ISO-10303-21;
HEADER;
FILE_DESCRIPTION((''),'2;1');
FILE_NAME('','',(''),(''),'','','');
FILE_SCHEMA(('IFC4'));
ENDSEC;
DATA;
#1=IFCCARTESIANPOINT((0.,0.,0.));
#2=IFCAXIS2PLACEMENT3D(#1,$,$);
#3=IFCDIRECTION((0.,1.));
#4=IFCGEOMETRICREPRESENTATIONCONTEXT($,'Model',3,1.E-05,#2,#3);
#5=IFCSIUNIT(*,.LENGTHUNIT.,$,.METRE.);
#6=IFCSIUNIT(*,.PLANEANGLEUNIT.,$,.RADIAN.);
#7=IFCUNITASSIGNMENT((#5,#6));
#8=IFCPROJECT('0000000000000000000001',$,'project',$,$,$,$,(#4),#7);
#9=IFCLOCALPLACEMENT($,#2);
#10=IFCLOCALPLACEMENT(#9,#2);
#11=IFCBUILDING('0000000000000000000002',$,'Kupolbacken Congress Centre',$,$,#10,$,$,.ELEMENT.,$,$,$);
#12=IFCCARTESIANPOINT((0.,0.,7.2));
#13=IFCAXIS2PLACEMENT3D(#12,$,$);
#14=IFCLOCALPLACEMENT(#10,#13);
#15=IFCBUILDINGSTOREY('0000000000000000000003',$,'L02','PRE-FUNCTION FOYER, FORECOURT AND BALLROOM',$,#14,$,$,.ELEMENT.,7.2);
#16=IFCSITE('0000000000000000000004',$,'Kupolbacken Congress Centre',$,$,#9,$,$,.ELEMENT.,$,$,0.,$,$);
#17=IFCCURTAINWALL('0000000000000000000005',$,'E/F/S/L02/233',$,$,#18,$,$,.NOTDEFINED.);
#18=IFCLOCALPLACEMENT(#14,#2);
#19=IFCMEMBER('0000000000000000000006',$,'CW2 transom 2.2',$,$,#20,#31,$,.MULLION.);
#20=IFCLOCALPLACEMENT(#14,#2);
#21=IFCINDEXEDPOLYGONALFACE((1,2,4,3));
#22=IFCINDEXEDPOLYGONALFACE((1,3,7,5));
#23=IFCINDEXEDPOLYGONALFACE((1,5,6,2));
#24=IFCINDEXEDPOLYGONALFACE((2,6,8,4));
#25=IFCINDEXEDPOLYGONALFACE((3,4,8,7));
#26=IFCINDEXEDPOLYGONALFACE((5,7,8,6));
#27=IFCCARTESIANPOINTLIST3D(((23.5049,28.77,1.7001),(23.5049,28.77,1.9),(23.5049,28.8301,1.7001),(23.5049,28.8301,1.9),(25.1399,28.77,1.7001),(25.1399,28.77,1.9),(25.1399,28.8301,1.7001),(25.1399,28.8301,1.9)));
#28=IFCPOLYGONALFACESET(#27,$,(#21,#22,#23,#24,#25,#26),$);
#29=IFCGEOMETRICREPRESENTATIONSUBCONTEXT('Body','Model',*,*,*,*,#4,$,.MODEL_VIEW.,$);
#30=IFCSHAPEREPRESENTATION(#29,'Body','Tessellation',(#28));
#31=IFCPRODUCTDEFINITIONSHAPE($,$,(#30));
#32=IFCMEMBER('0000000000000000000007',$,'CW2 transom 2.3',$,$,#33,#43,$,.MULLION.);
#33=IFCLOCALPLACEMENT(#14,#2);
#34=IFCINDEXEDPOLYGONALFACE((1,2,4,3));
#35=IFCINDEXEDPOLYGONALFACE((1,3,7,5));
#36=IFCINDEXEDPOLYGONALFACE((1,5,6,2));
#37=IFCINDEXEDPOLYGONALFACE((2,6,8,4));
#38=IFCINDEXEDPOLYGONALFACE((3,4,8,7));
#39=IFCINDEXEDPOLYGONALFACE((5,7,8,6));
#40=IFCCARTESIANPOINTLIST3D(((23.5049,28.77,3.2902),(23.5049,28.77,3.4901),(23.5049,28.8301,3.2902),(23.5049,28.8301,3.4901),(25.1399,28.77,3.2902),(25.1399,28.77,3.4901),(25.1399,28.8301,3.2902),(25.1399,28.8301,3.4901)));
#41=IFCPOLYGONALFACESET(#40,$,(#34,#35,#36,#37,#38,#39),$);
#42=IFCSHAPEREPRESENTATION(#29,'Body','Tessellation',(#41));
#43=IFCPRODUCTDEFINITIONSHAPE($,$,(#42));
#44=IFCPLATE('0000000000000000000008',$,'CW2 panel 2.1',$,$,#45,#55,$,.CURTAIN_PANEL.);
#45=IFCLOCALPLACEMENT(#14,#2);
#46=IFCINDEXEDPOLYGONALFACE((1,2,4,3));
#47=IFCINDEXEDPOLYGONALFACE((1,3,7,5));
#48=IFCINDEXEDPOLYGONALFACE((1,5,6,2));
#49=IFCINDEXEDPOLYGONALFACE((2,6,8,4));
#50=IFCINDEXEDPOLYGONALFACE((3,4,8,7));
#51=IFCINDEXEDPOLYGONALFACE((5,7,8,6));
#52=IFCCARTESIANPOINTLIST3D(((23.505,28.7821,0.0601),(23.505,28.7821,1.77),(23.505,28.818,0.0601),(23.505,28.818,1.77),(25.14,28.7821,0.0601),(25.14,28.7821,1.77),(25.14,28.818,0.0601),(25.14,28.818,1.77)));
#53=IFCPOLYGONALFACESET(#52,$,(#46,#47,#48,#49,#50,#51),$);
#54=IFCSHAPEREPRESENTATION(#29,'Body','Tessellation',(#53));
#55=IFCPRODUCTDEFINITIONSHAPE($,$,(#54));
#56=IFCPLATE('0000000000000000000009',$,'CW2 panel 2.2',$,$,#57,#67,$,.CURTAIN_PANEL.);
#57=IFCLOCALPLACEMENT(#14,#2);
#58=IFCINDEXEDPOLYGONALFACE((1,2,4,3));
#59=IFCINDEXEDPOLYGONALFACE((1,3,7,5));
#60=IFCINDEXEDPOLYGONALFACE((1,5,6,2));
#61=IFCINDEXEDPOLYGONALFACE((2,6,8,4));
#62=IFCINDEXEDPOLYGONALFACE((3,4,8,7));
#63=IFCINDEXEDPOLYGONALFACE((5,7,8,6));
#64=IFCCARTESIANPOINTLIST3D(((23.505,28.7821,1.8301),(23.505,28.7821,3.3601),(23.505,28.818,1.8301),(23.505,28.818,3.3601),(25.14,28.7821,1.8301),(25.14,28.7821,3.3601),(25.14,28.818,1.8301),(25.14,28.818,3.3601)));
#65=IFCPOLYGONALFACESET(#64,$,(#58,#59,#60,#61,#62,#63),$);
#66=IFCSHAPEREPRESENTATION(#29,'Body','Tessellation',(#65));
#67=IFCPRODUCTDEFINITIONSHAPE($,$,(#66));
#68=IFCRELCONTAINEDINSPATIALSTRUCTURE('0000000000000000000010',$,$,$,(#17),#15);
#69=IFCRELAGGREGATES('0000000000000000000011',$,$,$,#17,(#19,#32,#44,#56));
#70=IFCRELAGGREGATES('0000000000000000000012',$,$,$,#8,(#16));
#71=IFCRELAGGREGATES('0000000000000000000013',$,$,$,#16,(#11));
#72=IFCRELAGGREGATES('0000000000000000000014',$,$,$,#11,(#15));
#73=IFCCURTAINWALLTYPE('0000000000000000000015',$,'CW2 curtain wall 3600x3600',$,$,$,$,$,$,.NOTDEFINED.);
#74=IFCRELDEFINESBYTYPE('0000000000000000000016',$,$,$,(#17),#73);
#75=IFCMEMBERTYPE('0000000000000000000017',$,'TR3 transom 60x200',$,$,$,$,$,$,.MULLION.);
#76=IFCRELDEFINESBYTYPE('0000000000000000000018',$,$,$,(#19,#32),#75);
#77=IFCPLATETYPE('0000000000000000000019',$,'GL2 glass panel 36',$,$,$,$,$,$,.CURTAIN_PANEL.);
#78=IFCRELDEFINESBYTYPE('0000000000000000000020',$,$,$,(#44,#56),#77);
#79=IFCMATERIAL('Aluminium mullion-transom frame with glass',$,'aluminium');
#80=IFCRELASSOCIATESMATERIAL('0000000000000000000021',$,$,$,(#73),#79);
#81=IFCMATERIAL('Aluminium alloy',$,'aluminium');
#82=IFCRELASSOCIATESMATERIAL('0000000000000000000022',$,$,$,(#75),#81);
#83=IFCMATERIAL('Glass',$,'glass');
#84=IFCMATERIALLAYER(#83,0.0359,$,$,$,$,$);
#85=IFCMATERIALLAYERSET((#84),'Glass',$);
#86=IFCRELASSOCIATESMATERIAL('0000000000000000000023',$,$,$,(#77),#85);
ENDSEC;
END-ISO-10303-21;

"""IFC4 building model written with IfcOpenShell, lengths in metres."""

from ifc_helpers import new_model, si_unit, direction, frame, origin, origin_2d, place, context, subcontext, project, spatial, rectangle, extrude, material, layer, layer_set, material_profile, profile_set, type_object, element, aggregate, save


model = new_model("IFC4")

# Units and contexts
model_context = context("Model", 3, precision=1e-05, world=origin(), true_north=direction((0.0, 1.0)))
body_context = subcontext(model_context, "Body", "Model", "MODEL_VIEW")
ifc_project = project(units=[si_unit("LENGTHUNIT", "METRE"), si_unit("PLANEANGLEUNIT", "RADIAN")], contexts=[model_context])

# Site, building, storey
site_placement = place(None, origin())
site = spatial("IfcSite", under=ifc_project, at=site_placement, Name="Kupolbacken Congress Centre", CompositionType="ELEMENT", RefElevation=0.0)
building_placement = place(site_placement, origin())
building = spatial("IfcBuilding", under=site, at=building_placement, Name="Kupolbacken Congress Centre", CompositionType="ELEMENT")
storey_placement = place(building_placement, frame((0.0, 0.0, 7.2)))
storey = spatial("IfcBuildingStorey", under=building, at=storey_placement, Name="L02", Description="PRE-FUNCTION FOYER, FORECOURT AND BALLROOM", CompositionType="ELEMENT", Elevation=7.2)

# Curtain wall, members, plates
ifc_material_1 = material(Name="Aluminium mullion-transom frame with glass", Category="aluminium")
curtain_wall_type = type_object("IfcCurtainWallType", Name="CW2 curtain wall 3600x3600", PredefinedType="NOTDEFINED", material=ifc_material_1)
curtain_wall_placement = place(storey_placement, origin())
curtain_wall = element("IfcCurtainWall", 1, at=curtain_wall_placement, inside=storey, type_object=curtain_wall_type, Name="E/F/S/L02/233", PredefinedType="NOTDEFINED")
ifc_material_2 = material(Name="Aluminium alloy", Category="aluminium")
ifc_material_profile_1 = material_profile(ifc_material_2, rectangle(XDim=0.0601, YDim=0.2, at=origin_2d()), Name="60 x 200")
ifc_profile_set_1 = profile_set([ifc_material_profile_1], Name="Aluminium alloy")
member_type_1 = type_object("IfcMemberType", Name="TR3 transom 60x200", PredefinedType="MULLION", material=ifc_profile_set_1)
member_1_placement = place(storey_placement, frame((23.5049, 28.8, 1.8), z_axis=(1.0, 0.0, 0.0), x_axis=(0.0, 1.0, 0.0)))
member_1 = element("IfcMember", 2, at=member_1_placement, type_object=member_type_1, Name="CW2 transom 2.2", PredefinedType="MULLION", context=body_context, shape_type="SweptSolid", body=[
    extrude(rectangle(XDim=0.0601, YDim=0.2, at=origin_2d()), origin(), (0.0, 0.0, 1.0), 1.635),
])
member_2_placement = place(storey_placement, frame((23.5049, 28.8, 3.3901), z_axis=(1.0, 0.0, 0.0), x_axis=(0.0, 1.0, 0.0)))
member_2 = element("IfcMember", 3, at=member_2_placement, type_object=member_type_1, Name="CW2 transom 2.3", PredefinedType="MULLION", context=body_context, shape_type="SweptSolid", body=[
    extrude(rectangle(XDim=0.0601, YDim=0.2, at=origin_2d()), origin(), (0.0, 0.0, 1.0), 1.635),
])
ifc_material_3 = material(Name="Glass", Category="glass")
ifc_layer_1 = layer(ifc_material_3, 0.0359)
ifc_layer_set_1 = layer_set([ifc_layer_1], Name="Glass")
plate_type = type_object("IfcPlateType", Name="GL2 glass panel 36", PredefinedType="CURTAIN_PANEL", material=ifc_layer_set_1)
plate_1_placement = place(storey_placement, frame((24.3225, 28.8, 0.0601), z_axis=(0.0, 0.0, 1.0), x_axis=(1.0, 0.0, 0.0)))
plate_1 = element("IfcPlate", 4, at=plate_1_placement, type_object=plate_type, Name="CW2 panel 2.1", PredefinedType="CURTAIN_PANEL", context=body_context, shape_type="SweptSolid", body=[
    extrude(rectangle(XDim=1.635, YDim=0.0359, at=origin_2d()), origin(), (0.0, 0.0, 1.0), 1.71),
])
plate_2_placement = place(storey_placement, frame((24.3225, 28.8, 1.8301), z_axis=(0.0, 0.0, 1.0), x_axis=(1.0, 0.0, 0.0)))
plate_2 = element("IfcPlate", 5, at=plate_2_placement, type_object=plate_type, Name="CW2 panel 2.2", PredefinedType="CURTAIN_PANEL", context=body_context, shape_type="SweptSolid", body=[
    extrude(rectangle(XDim=1.635, YDim=0.0359, at=origin_2d()), origin(), (0.0, 0.0, 1.0), 1.53),
])
aggregate(curtain_wall, [member_1, member_2, plate_1, plate_2])

save(model, "model.ifc")
